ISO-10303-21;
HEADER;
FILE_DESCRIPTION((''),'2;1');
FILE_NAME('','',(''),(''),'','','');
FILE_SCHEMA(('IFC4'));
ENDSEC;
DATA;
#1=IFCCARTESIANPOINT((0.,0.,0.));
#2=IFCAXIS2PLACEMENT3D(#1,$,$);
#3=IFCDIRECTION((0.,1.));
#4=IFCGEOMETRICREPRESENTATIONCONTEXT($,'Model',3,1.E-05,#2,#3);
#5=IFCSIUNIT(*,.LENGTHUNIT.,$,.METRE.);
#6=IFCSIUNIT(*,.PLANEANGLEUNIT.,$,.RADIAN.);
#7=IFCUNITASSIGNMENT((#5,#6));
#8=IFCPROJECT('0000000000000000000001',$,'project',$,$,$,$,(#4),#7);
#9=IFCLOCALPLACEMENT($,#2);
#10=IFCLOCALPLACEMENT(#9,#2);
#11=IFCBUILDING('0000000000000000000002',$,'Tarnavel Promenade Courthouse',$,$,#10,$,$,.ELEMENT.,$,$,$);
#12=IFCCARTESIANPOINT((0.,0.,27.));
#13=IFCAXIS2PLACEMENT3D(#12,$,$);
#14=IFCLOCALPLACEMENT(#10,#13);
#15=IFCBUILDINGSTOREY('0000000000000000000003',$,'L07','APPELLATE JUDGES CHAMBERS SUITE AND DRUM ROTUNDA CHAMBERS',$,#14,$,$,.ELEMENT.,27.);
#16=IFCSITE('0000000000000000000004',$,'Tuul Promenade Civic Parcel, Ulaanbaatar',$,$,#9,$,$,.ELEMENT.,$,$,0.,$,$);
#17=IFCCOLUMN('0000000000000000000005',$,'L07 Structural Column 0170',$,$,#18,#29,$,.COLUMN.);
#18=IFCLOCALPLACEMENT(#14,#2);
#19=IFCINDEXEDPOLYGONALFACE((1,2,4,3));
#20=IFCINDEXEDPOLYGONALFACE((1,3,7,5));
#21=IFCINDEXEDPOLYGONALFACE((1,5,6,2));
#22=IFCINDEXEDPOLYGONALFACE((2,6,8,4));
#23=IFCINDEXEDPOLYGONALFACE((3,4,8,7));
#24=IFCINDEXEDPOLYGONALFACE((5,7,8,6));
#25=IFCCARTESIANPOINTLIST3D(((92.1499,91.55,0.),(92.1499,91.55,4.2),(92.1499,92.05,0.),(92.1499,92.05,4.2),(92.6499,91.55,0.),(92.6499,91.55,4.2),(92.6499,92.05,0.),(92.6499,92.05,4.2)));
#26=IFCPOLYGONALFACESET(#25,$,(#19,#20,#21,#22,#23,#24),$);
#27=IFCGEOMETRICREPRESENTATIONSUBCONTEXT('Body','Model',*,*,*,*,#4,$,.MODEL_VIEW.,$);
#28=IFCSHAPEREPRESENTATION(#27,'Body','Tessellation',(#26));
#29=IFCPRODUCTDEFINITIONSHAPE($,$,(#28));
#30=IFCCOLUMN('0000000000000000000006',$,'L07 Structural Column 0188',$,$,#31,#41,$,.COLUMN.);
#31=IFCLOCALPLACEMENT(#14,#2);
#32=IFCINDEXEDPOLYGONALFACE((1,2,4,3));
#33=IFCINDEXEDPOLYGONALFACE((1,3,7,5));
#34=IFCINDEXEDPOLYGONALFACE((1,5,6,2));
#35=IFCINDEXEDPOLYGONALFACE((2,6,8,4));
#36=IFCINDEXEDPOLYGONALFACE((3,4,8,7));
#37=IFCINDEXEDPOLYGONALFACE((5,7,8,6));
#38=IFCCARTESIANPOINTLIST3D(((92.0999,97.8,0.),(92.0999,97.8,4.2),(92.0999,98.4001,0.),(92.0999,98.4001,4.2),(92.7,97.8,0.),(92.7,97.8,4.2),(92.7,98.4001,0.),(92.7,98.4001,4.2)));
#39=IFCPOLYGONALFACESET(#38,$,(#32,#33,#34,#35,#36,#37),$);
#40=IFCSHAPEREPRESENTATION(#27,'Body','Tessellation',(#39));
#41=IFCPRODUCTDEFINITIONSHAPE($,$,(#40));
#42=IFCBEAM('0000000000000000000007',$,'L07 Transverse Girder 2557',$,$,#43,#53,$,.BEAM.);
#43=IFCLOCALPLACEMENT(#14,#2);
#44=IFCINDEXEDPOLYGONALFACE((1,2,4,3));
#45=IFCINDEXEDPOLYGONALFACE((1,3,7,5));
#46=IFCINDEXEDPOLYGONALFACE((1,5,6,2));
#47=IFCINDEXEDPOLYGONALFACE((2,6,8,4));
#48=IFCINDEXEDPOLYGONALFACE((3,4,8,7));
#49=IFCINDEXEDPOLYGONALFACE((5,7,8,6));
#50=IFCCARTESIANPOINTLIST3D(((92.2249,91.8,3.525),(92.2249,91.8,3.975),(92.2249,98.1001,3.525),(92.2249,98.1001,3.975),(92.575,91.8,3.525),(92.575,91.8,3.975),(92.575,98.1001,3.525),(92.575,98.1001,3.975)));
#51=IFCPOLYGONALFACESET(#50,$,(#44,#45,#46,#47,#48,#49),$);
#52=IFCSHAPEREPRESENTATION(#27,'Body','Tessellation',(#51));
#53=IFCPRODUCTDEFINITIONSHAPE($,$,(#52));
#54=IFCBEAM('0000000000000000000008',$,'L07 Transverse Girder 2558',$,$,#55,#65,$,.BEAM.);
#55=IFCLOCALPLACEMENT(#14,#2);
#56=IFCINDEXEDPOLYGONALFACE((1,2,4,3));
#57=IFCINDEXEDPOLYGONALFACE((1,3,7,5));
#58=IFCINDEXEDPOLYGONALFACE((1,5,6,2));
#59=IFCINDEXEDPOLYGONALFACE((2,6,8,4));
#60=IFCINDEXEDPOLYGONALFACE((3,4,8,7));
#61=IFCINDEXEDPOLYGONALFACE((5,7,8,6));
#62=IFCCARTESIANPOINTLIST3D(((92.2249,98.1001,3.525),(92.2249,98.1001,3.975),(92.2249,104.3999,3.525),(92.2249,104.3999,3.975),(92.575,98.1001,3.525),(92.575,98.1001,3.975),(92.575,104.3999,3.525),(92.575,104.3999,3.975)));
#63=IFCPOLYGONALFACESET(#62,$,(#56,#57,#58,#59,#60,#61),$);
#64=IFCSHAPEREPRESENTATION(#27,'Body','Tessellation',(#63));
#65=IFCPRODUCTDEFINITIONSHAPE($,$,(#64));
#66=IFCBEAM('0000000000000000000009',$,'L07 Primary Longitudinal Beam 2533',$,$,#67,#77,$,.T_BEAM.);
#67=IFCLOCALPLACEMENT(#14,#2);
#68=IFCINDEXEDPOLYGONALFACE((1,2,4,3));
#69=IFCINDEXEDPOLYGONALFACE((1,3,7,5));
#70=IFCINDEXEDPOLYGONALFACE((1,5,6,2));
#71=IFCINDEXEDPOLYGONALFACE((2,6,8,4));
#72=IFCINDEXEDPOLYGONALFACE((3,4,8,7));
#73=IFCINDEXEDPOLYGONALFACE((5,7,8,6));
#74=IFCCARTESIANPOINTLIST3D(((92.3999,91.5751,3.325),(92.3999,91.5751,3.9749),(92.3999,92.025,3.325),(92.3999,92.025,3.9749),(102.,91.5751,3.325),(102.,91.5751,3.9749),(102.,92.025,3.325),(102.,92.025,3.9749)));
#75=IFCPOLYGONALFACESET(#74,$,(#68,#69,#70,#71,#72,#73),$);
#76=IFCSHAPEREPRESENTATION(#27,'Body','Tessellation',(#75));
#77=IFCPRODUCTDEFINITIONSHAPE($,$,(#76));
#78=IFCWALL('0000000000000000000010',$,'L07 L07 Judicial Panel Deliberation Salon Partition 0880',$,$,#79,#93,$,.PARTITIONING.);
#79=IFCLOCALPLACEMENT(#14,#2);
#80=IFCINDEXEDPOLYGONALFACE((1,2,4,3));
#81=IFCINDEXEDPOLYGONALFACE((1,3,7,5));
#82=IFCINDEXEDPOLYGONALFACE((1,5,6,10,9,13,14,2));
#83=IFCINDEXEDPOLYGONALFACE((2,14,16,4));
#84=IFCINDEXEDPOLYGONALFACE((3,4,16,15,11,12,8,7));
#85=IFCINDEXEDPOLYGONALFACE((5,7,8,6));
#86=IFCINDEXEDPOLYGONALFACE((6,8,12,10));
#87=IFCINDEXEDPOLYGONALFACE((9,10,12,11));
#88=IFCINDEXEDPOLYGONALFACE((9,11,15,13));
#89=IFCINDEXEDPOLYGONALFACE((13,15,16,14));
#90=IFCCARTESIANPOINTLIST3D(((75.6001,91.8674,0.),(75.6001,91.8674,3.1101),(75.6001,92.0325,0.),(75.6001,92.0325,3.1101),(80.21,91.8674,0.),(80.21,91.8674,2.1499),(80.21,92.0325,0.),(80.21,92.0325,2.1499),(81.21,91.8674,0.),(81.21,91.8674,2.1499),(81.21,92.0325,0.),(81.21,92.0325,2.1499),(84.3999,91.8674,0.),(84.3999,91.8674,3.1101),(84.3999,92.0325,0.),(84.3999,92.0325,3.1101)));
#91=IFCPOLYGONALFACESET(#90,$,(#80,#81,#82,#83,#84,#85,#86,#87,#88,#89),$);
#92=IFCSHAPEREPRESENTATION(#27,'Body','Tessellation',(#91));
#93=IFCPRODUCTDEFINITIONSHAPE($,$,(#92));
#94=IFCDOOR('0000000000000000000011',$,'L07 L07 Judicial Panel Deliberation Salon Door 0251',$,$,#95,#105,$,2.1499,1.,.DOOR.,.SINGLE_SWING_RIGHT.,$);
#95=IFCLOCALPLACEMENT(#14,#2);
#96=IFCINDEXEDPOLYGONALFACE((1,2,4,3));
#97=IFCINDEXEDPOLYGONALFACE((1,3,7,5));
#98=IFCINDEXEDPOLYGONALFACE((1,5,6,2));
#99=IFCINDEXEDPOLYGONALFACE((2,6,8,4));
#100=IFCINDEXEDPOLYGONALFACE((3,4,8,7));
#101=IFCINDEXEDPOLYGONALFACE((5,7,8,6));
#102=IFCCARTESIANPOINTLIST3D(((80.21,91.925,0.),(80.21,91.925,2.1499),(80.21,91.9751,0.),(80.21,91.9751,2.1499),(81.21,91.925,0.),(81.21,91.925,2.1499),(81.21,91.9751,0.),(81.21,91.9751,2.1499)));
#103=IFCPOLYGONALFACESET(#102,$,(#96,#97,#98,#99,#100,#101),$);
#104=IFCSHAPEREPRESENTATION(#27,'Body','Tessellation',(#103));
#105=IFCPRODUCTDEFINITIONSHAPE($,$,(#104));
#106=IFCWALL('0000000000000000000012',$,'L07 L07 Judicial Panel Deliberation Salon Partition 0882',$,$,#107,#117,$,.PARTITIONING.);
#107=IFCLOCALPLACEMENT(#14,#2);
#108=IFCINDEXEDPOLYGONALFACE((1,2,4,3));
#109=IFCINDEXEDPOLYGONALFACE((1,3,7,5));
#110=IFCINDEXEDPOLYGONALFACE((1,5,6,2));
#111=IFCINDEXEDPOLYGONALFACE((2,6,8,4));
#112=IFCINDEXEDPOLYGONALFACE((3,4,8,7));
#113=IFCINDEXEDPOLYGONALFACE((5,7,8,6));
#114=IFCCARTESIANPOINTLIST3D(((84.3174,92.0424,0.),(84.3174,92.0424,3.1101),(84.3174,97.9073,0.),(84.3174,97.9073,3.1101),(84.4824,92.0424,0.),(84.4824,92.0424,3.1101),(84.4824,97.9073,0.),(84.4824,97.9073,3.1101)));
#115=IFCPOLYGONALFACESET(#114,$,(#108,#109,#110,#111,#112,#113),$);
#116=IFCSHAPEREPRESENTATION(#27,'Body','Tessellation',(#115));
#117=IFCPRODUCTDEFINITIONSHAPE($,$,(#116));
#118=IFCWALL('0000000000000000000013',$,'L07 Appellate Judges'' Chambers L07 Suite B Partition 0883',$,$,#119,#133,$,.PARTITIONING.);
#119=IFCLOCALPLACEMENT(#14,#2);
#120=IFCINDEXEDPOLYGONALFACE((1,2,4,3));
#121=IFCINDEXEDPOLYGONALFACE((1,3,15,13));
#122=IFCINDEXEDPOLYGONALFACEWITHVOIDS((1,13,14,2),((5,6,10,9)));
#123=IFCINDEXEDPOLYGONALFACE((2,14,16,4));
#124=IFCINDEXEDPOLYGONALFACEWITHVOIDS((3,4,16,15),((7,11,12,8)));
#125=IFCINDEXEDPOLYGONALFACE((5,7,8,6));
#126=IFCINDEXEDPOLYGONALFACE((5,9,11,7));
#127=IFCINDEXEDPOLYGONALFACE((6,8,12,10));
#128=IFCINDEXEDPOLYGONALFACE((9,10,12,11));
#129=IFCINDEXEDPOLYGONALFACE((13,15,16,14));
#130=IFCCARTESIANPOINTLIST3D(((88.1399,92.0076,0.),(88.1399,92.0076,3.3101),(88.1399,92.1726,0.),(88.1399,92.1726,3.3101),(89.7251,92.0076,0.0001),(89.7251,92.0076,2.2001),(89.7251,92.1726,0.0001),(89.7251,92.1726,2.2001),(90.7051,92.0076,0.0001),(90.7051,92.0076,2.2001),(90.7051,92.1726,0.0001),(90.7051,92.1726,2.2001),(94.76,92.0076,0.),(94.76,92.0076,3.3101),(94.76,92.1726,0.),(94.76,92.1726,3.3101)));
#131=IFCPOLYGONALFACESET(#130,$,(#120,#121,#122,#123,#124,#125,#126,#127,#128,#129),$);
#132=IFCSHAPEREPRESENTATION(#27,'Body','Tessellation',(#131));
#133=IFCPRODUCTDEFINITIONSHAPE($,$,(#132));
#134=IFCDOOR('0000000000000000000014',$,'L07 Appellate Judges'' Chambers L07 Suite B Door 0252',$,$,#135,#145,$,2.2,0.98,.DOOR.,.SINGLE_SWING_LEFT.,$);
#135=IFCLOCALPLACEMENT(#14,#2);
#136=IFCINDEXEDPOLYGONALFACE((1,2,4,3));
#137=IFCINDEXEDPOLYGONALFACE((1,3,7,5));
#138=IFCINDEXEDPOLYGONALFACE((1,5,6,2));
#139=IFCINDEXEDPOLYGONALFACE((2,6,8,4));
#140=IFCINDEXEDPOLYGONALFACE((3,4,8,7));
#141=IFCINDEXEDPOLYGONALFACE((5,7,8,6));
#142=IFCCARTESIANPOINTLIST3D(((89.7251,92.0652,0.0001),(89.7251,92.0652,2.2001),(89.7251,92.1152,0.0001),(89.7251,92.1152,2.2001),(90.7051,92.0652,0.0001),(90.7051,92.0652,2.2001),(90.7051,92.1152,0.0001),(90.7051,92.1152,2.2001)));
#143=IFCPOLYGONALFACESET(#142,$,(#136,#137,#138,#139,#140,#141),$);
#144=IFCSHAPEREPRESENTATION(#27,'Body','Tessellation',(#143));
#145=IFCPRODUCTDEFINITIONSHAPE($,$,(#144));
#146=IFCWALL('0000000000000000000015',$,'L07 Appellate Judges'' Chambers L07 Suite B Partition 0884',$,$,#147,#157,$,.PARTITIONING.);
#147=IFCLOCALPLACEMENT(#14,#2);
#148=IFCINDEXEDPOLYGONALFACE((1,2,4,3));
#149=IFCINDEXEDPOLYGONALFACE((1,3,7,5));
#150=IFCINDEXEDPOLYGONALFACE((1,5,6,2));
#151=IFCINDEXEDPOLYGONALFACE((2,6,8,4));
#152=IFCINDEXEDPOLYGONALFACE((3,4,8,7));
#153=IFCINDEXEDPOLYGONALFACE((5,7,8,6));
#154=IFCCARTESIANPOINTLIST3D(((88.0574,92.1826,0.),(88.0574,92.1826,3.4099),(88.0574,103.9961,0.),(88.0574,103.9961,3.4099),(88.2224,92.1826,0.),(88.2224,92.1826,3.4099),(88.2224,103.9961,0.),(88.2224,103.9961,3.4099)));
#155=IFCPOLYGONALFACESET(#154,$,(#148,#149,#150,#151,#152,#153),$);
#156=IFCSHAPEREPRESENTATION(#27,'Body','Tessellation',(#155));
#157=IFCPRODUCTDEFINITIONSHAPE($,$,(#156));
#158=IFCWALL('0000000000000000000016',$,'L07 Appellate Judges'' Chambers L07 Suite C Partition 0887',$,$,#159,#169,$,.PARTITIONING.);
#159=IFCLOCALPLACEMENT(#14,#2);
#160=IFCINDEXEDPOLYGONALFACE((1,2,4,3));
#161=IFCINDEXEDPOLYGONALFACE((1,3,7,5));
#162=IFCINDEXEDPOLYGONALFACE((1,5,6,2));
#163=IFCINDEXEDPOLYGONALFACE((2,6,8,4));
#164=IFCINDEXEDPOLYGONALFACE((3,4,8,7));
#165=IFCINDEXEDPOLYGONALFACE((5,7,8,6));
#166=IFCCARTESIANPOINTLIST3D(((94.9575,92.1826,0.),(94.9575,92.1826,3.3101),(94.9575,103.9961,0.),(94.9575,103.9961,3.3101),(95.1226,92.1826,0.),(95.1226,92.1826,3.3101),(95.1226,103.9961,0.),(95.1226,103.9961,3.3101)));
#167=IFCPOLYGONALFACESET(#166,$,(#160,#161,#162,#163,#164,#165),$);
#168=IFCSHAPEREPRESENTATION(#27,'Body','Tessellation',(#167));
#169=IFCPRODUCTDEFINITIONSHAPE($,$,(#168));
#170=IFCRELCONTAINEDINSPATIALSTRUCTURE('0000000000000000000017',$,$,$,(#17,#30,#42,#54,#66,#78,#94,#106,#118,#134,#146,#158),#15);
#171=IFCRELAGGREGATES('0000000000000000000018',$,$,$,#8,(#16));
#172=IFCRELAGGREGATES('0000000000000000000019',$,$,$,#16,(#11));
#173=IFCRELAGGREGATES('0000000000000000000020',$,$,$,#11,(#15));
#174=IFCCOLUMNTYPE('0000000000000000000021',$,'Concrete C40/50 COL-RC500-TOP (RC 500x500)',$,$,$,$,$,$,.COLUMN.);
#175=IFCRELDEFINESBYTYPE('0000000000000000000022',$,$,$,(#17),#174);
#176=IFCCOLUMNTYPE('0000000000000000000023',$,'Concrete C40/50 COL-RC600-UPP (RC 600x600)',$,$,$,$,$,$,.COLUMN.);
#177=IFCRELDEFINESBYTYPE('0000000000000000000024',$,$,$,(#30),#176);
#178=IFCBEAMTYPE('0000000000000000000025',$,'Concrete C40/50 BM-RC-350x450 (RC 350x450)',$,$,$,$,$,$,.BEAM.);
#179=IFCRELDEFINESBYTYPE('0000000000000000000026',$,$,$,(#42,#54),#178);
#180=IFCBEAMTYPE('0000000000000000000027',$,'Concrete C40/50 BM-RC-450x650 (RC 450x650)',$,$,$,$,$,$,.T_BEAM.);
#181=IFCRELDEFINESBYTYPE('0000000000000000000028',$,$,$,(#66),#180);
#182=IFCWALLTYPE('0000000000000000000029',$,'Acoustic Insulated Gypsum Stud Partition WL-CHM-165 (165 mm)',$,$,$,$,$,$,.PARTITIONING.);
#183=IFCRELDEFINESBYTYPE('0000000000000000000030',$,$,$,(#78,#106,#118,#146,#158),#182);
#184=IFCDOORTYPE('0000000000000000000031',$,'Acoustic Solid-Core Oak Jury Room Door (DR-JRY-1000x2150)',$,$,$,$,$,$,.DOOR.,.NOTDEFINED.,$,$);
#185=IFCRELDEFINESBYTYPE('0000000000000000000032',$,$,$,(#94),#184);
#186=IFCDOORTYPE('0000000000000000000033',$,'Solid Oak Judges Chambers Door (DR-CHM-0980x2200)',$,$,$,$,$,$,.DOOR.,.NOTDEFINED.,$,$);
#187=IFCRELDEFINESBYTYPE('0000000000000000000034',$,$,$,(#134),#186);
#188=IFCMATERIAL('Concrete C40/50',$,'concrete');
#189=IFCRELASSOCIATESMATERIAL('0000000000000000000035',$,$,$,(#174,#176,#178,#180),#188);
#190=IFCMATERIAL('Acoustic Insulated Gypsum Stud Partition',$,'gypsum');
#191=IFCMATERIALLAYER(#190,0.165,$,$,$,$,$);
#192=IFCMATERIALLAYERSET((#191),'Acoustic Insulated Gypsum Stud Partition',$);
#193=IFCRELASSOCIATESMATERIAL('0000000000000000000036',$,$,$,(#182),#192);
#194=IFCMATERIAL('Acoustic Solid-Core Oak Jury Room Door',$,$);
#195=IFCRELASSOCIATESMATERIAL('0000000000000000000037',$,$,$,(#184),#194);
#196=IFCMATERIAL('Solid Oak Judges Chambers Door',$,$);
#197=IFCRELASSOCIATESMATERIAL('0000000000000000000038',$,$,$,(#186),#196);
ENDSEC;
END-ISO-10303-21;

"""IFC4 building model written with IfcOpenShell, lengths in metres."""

from ifc_helpers import new_model, si_unit, direction, frame, frame_2d, origin, origin_2d, place, context, subcontext, project, spatial, rectangle, extrude, material, layer, layer_set, material_profile, profile_set, type_object, element, fill, save


model = new_model("IFC4")

# Units and contexts
model_context = context("Model", 3, precision=1e-05, world=origin(), true_north=direction((0.0, 1.0)))
body_context = subcontext(model_context, "Body", "Model", "MODEL_VIEW")
ifc_project = project(units=[si_unit("LENGTHUNIT", "METRE"), si_unit("PLANEANGLEUNIT", "RADIAN")], contexts=[model_context])

# Site, building, storey
site_placement = place(None, origin())
site = spatial("IfcSite", under=ifc_project, at=site_placement, Name="Tuul Promenade Civic Parcel, Ulaanbaatar", CompositionType="ELEMENT", RefElevation=0.0)
building_placement = place(site_placement, origin())
building = spatial("IfcBuilding", under=site, at=building_placement, Name="Tarnavel Promenade Courthouse", CompositionType="ELEMENT")
storey_placement = place(building_placement, frame((0.0, 0.0, 27.0)))
storey = spatial("IfcBuildingStorey", under=building, at=storey_placement, Name="L07", Description="APPELLATE JUDGES CHAMBERS SUITE AND DRUM ROTUNDA CHAMBERS", CompositionType="ELEMENT", Elevation=27.0)

# Columns
ifc_material_1 = material(Name="Concrete C40/50", Category="concrete")
ifc_material_profile_1 = material_profile(ifc_material_1, rectangle(XDim=0.5, YDim=0.5, at=origin_2d()), Name="RC 500x500")
ifc_profile_set_1 = profile_set([ifc_material_profile_1], Name="Concrete C40/50")
column_type_1 = type_object("IfcColumnType", Name="Concrete C40/50 COL-RC500-TOP (RC 500x500)", PredefinedType="COLUMN", material=ifc_profile_set_1)
column_1_placement = place(storey_placement, frame((92.3999, 91.8, 0.0), z_axis=(0.0, 0.0, 1.0), x_axis=(1.0, 0.0, 0.0)))
element("IfcColumn", 1, at=column_1_placement, inside=storey, type_object=column_type_1, Name="L07 Structural Column 0170", PredefinedType="COLUMN", context=body_context, shape_type="SweptSolid", body=[
    extrude(rectangle(XDim=0.5, YDim=0.5, at=origin_2d()), origin(), (0.0, 0.0, 1.0), 4.2),
])
ifc_material_profile_2 = material_profile(ifc_material_1, rectangle(XDim=0.6001, YDim=0.6001, at=origin_2d()), Name="RC 600x600")
ifc_profile_set_2 = profile_set([ifc_material_profile_2], Name="Concrete C40/50")
column_type_2 = type_object("IfcColumnType", Name="Concrete C40/50 COL-RC600-UPP (RC 600x600)", PredefinedType="COLUMN", material=ifc_profile_set_2)
column_2_placement = place(storey_placement, frame((92.3999, 98.1001, 0.0), z_axis=(0.0, 0.0, 1.0), x_axis=(1.0, 0.0, 0.0)))
element("IfcColumn", 2, at=column_2_placement, inside=storey, type_object=column_type_2, Name="L07 Structural Column 0188", PredefinedType="COLUMN", context=body_context, shape_type="SweptSolid", body=[
    extrude(rectangle(XDim=0.6001, YDim=0.6001, at=origin_2d()), origin(), (0.0, 0.0, 1.0), 4.2),
])

# Beams
ifc_material_profile_3 = material_profile(ifc_material_1, rectangle(XDim=0.3501, YDim=0.45, at=origin_2d()), Name="RC 350x450")
ifc_profile_set_3 = profile_set([ifc_material_profile_3], Name="Concrete C40/50")
beam_type_1 = type_object("IfcBeamType", Name="Concrete C40/50 BM-RC-350x450 (RC 350x450)", PredefinedType="BEAM", material=ifc_profile_set_3)
beam_1_placement = place(storey_placement, frame((92.3999, 91.8, 3.75), z_axis=(0.0, 1.0, 0.0), x_axis=(-1.0, 0.0, 0.0)))
element("IfcBeam", 3, at=beam_1_placement, inside=storey, type_object=beam_type_1, Name="L07 Transverse Girder 2557", PredefinedType="BEAM", context=body_context, shape_type="SweptSolid", body=[
    extrude(rectangle(XDim=0.3501, YDim=0.45, at=origin_2d()), origin(), (0.0, 0.0, 1.0), 6.3),
])
beam_2_placement = place(storey_placement, frame((92.3999, 98.1001, 3.75), z_axis=(0.0, 1.0, 0.0), x_axis=(-1.0, 0.0, 0.0)))
element("IfcBeam", 4, at=beam_2_placement, inside=storey, type_object=beam_type_1, Name="L07 Transverse Girder 2558", PredefinedType="BEAM", context=body_context, shape_type="SweptSolid", body=[
    extrude(rectangle(XDim=0.3501, YDim=0.45, at=origin_2d()), origin(), (0.0, 0.0, 1.0), 6.2998),
])
ifc_material_profile_4 = material_profile(ifc_material_1, rectangle(XDim=0.45, YDim=0.6499, at=origin_2d()), Name="RC 450x650")
ifc_profile_set_4 = profile_set([ifc_material_profile_4], Name="Concrete C40/50")
beam_type_2 = type_object("IfcBeamType", Name="Concrete C40/50 BM-RC-450x650 (RC 450x650)", PredefinedType="T_BEAM", material=ifc_profile_set_4)
beam_3_placement = place(storey_placement, frame((92.3999, 91.8, 3.6499), z_axis=(1.0, 0.0, 0.0), x_axis=(0.0, 1.0, 0.0)))
element("IfcBeam", 5, at=beam_3_placement, inside=storey, type_object=beam_type_2, Name="L07 Primary Longitudinal Beam 2533", PredefinedType="T_BEAM", context=body_context, shape_type="SweptSolid", body=[
    extrude(rectangle(XDim=0.45, YDim=0.6499, at=origin_2d()), origin(), (0.0, 0.0, 1.0), 9.6001),
])

# Wall, opening, door
ifc_material_2 = material(Name="Acoustic Insulated Gypsum Stud Partition", Category="gypsum")
ifc_layer_1 = layer(ifc_material_2, 0.165)
ifc_layer_set_1 = layer_set([ifc_layer_1], Name="Acoustic Insulated Gypsum Stud Partition")
wall_type_1 = type_object("IfcWallType", Name="Acoustic Insulated Gypsum Stud Partition WL-CHM-165 (165 mm)", PredefinedType="PARTITIONING", material=ifc_layer_set_1)
wall_1_placement = place(storey_placement, frame((84.3999, 91.95, 0.0), z_axis=(0.0, 0.0, 1.0), x_axis=(-1.0, 0.0, 0.0)))
wall_1 = element("IfcWall", 6, at=wall_1_placement, inside=storey, type_object=wall_type_1, Name="L07 L07 Judicial Panel Deliberation Salon Partition 0880", PredefinedType="PARTITIONING", context=body_context, shape_type="SweptSolid", body=[
    extrude(rectangle(XDim=8.7998, YDim=0.165, at=frame_2d((4.3999, 0.0))), origin(), (0.0, 0.0, 1.0), 3.1101),
])
opening_1_placement = place(wall_1_placement, frame((3.1899, 0.0, 0.0)))
opening_1 = element("IfcOpeningElement", 7, at=opening_1_placement, cuts=wall_1, PredefinedType="OPENING", context=body_context, shape_type="SweptSolid", body=[
    extrude(rectangle(XDim=1.0, YDim=2.1499, at=frame_2d((0.5, 1.075))), frame((0.0, 0.0925, 0.0), z_axis=(0.0, -1.0, 0.0), x_axis=(1.0, 0.0, 0.0)), (0.0, 0.0, 1.0), 0.1851),
])
ifc_material_3 = material(Name="Acoustic Solid-Core Oak Jury Room Door")
door_type_1 = type_object("IfcDoorType", Name="Acoustic Solid-Core Oak Jury Room Door (DR-JRY-1000x2150)", OperationType="NOTDEFINED", PredefinedType="DOOR", material=ifc_material_3)
door_1_placement = place(opening_1_placement, origin())
door_1 = element("IfcDoor", 8, at=door_1_placement, inside=storey, type_object=door_type_1, Name="L07 L07 Judicial Panel Deliberation Salon Door 0251", OperationType="SINGLE_SWING_RIGHT", OverallHeight=2.1499, OverallWidth=1.0, PredefinedType="DOOR", context=body_context, shape_type="SweptSolid", body=[
    extrude(rectangle(XDim=1.0, YDim=2.1499, at=frame_2d((0.5, 1.075))), frame((0.0, 0.0249, 0.0), z_axis=(0.0, -1.0, 0.0), x_axis=(1.0, 0.0, 0.0)), (0.0, 0.0, 1.0), 0.05),
])
fill(opening_1, door_1)

# Wall
wall_2_placement = place(storey_placement, frame((84.3999, 97.9075, 0.0), z_axis=(0.0, 0.0, 1.0), x_axis=(0.0, -1.0, 0.0)))
element("IfcWall", 9, at=wall_2_placement, inside=storey, type_object=wall_type_1, Name="L07 L07 Judicial Panel Deliberation Salon Partition 0882", PredefinedType="PARTITIONING", context=body_context, shape_type="SweptSolid", body=[
    extrude(rectangle(XDim=5.865, YDim=0.165, at=frame_2d((2.9326, 0.0))), origin(), (0.0, 0.0, 1.0), 3.1101),
])

# Wall, opening, door
wall_3_placement = place(storey_placement, frame((94.76, 92.0901, 0.0), z_axis=(0.0, 0.0, 1.0), x_axis=(-1.0, 0.0, 0.0)))
wall_3 = element("IfcWall", 10, at=wall_3_placement, inside=storey, type_object=wall_type_1, Name="L07 Appellate Judges' Chambers L07 Suite B Partition 0883", PredefinedType="PARTITIONING", context=body_context, shape_type="SweptSolid", body=[
    extrude(rectangle(XDim=6.6201, YDim=0.165, at=frame_2d((3.3101, 0.0))), origin(), (0.0, 0.0, 1.0), 3.3101),
])
opening_2_placement = place(wall_3_placement, frame((4.0549, 0.0, 0.0)))
opening_2 = element("IfcOpeningElement", 11, at=opening_2_placement, cuts=wall_3, PredefinedType="OPENING", context=body_context, shape_type="SweptSolid", body=[
    extrude(rectangle(XDim=0.98, YDim=2.2, at=frame_2d((0.49, 1.1001))), frame((0.0, 0.0925, 0.0), z_axis=(0.0, -1.0, 0.0), x_axis=(1.0, 0.0, 0.0)), (0.0, 0.0, 1.0), 0.1851),
])
ifc_material_4 = material(Name="Solid Oak Judges Chambers Door")
door_type_2 = type_object("IfcDoorType", Name="Solid Oak Judges Chambers Door (DR-CHM-0980x2200)", OperationType="NOTDEFINED", PredefinedType="DOOR", material=ifc_material_4)
door_2_placement = place(opening_2_placement, origin())
door_2 = element("IfcDoor", 12, at=door_2_placement, inside=storey, type_object=door_type_2, Name="L07 Appellate Judges' Chambers L07 Suite B Door 0252", OperationType="SINGLE_SWING_LEFT", OverallHeight=2.2, OverallWidth=0.98, PredefinedType="DOOR", context=body_context, shape_type="SweptSolid", body=[
    extrude(rectangle(XDim=0.98, YDim=2.2, at=frame_2d((0.49, 1.1001))), frame((0.0, 0.0249, 0.0), z_axis=(0.0, -1.0, 0.0), x_axis=(1.0, 0.0, 0.0)), (0.0, 0.0, 1.0), 0.05),
])
fill(opening_2, door_2)

# Walls
wall_4_placement = place(storey_placement, frame((88.1399, 92.1826, 0.0), z_axis=(0.0, 0.0, 1.0), x_axis=(0.0, 1.0, 0.0)))
element("IfcWall", 13, at=wall_4_placement, inside=storey, type_object=wall_type_1, Name="L07 Appellate Judges' Chambers L07 Suite B Partition 0884", PredefinedType="PARTITIONING", context=body_context, shape_type="SweptSolid", body=[
    extrude(rectangle(XDim=11.8135, YDim=0.165, at=frame_2d((5.9067, 0.0))), origin(), (0.0, 0.0, 1.0), 3.4099),
])
wall_5_placement = place(storey_placement, frame((95.04, 92.1826, 0.0), z_axis=(0.0, 0.0, 1.0), x_axis=(0.0, 1.0, 0.0)))
element("IfcWall", 14, at=wall_5_placement, inside=storey, type_object=wall_type_1, Name="L07 Appellate Judges' Chambers L07 Suite C Partition 0887", PredefinedType="PARTITIONING", context=body_context, shape_type="SweptSolid", body=[
    extrude(rectangle(XDim=11.8135, YDim=0.165, at=frame_2d((5.9067, 0.0))), origin(), (0.0, 0.0, 1.0), 3.3101),
])

save(model, "model.ifc")
